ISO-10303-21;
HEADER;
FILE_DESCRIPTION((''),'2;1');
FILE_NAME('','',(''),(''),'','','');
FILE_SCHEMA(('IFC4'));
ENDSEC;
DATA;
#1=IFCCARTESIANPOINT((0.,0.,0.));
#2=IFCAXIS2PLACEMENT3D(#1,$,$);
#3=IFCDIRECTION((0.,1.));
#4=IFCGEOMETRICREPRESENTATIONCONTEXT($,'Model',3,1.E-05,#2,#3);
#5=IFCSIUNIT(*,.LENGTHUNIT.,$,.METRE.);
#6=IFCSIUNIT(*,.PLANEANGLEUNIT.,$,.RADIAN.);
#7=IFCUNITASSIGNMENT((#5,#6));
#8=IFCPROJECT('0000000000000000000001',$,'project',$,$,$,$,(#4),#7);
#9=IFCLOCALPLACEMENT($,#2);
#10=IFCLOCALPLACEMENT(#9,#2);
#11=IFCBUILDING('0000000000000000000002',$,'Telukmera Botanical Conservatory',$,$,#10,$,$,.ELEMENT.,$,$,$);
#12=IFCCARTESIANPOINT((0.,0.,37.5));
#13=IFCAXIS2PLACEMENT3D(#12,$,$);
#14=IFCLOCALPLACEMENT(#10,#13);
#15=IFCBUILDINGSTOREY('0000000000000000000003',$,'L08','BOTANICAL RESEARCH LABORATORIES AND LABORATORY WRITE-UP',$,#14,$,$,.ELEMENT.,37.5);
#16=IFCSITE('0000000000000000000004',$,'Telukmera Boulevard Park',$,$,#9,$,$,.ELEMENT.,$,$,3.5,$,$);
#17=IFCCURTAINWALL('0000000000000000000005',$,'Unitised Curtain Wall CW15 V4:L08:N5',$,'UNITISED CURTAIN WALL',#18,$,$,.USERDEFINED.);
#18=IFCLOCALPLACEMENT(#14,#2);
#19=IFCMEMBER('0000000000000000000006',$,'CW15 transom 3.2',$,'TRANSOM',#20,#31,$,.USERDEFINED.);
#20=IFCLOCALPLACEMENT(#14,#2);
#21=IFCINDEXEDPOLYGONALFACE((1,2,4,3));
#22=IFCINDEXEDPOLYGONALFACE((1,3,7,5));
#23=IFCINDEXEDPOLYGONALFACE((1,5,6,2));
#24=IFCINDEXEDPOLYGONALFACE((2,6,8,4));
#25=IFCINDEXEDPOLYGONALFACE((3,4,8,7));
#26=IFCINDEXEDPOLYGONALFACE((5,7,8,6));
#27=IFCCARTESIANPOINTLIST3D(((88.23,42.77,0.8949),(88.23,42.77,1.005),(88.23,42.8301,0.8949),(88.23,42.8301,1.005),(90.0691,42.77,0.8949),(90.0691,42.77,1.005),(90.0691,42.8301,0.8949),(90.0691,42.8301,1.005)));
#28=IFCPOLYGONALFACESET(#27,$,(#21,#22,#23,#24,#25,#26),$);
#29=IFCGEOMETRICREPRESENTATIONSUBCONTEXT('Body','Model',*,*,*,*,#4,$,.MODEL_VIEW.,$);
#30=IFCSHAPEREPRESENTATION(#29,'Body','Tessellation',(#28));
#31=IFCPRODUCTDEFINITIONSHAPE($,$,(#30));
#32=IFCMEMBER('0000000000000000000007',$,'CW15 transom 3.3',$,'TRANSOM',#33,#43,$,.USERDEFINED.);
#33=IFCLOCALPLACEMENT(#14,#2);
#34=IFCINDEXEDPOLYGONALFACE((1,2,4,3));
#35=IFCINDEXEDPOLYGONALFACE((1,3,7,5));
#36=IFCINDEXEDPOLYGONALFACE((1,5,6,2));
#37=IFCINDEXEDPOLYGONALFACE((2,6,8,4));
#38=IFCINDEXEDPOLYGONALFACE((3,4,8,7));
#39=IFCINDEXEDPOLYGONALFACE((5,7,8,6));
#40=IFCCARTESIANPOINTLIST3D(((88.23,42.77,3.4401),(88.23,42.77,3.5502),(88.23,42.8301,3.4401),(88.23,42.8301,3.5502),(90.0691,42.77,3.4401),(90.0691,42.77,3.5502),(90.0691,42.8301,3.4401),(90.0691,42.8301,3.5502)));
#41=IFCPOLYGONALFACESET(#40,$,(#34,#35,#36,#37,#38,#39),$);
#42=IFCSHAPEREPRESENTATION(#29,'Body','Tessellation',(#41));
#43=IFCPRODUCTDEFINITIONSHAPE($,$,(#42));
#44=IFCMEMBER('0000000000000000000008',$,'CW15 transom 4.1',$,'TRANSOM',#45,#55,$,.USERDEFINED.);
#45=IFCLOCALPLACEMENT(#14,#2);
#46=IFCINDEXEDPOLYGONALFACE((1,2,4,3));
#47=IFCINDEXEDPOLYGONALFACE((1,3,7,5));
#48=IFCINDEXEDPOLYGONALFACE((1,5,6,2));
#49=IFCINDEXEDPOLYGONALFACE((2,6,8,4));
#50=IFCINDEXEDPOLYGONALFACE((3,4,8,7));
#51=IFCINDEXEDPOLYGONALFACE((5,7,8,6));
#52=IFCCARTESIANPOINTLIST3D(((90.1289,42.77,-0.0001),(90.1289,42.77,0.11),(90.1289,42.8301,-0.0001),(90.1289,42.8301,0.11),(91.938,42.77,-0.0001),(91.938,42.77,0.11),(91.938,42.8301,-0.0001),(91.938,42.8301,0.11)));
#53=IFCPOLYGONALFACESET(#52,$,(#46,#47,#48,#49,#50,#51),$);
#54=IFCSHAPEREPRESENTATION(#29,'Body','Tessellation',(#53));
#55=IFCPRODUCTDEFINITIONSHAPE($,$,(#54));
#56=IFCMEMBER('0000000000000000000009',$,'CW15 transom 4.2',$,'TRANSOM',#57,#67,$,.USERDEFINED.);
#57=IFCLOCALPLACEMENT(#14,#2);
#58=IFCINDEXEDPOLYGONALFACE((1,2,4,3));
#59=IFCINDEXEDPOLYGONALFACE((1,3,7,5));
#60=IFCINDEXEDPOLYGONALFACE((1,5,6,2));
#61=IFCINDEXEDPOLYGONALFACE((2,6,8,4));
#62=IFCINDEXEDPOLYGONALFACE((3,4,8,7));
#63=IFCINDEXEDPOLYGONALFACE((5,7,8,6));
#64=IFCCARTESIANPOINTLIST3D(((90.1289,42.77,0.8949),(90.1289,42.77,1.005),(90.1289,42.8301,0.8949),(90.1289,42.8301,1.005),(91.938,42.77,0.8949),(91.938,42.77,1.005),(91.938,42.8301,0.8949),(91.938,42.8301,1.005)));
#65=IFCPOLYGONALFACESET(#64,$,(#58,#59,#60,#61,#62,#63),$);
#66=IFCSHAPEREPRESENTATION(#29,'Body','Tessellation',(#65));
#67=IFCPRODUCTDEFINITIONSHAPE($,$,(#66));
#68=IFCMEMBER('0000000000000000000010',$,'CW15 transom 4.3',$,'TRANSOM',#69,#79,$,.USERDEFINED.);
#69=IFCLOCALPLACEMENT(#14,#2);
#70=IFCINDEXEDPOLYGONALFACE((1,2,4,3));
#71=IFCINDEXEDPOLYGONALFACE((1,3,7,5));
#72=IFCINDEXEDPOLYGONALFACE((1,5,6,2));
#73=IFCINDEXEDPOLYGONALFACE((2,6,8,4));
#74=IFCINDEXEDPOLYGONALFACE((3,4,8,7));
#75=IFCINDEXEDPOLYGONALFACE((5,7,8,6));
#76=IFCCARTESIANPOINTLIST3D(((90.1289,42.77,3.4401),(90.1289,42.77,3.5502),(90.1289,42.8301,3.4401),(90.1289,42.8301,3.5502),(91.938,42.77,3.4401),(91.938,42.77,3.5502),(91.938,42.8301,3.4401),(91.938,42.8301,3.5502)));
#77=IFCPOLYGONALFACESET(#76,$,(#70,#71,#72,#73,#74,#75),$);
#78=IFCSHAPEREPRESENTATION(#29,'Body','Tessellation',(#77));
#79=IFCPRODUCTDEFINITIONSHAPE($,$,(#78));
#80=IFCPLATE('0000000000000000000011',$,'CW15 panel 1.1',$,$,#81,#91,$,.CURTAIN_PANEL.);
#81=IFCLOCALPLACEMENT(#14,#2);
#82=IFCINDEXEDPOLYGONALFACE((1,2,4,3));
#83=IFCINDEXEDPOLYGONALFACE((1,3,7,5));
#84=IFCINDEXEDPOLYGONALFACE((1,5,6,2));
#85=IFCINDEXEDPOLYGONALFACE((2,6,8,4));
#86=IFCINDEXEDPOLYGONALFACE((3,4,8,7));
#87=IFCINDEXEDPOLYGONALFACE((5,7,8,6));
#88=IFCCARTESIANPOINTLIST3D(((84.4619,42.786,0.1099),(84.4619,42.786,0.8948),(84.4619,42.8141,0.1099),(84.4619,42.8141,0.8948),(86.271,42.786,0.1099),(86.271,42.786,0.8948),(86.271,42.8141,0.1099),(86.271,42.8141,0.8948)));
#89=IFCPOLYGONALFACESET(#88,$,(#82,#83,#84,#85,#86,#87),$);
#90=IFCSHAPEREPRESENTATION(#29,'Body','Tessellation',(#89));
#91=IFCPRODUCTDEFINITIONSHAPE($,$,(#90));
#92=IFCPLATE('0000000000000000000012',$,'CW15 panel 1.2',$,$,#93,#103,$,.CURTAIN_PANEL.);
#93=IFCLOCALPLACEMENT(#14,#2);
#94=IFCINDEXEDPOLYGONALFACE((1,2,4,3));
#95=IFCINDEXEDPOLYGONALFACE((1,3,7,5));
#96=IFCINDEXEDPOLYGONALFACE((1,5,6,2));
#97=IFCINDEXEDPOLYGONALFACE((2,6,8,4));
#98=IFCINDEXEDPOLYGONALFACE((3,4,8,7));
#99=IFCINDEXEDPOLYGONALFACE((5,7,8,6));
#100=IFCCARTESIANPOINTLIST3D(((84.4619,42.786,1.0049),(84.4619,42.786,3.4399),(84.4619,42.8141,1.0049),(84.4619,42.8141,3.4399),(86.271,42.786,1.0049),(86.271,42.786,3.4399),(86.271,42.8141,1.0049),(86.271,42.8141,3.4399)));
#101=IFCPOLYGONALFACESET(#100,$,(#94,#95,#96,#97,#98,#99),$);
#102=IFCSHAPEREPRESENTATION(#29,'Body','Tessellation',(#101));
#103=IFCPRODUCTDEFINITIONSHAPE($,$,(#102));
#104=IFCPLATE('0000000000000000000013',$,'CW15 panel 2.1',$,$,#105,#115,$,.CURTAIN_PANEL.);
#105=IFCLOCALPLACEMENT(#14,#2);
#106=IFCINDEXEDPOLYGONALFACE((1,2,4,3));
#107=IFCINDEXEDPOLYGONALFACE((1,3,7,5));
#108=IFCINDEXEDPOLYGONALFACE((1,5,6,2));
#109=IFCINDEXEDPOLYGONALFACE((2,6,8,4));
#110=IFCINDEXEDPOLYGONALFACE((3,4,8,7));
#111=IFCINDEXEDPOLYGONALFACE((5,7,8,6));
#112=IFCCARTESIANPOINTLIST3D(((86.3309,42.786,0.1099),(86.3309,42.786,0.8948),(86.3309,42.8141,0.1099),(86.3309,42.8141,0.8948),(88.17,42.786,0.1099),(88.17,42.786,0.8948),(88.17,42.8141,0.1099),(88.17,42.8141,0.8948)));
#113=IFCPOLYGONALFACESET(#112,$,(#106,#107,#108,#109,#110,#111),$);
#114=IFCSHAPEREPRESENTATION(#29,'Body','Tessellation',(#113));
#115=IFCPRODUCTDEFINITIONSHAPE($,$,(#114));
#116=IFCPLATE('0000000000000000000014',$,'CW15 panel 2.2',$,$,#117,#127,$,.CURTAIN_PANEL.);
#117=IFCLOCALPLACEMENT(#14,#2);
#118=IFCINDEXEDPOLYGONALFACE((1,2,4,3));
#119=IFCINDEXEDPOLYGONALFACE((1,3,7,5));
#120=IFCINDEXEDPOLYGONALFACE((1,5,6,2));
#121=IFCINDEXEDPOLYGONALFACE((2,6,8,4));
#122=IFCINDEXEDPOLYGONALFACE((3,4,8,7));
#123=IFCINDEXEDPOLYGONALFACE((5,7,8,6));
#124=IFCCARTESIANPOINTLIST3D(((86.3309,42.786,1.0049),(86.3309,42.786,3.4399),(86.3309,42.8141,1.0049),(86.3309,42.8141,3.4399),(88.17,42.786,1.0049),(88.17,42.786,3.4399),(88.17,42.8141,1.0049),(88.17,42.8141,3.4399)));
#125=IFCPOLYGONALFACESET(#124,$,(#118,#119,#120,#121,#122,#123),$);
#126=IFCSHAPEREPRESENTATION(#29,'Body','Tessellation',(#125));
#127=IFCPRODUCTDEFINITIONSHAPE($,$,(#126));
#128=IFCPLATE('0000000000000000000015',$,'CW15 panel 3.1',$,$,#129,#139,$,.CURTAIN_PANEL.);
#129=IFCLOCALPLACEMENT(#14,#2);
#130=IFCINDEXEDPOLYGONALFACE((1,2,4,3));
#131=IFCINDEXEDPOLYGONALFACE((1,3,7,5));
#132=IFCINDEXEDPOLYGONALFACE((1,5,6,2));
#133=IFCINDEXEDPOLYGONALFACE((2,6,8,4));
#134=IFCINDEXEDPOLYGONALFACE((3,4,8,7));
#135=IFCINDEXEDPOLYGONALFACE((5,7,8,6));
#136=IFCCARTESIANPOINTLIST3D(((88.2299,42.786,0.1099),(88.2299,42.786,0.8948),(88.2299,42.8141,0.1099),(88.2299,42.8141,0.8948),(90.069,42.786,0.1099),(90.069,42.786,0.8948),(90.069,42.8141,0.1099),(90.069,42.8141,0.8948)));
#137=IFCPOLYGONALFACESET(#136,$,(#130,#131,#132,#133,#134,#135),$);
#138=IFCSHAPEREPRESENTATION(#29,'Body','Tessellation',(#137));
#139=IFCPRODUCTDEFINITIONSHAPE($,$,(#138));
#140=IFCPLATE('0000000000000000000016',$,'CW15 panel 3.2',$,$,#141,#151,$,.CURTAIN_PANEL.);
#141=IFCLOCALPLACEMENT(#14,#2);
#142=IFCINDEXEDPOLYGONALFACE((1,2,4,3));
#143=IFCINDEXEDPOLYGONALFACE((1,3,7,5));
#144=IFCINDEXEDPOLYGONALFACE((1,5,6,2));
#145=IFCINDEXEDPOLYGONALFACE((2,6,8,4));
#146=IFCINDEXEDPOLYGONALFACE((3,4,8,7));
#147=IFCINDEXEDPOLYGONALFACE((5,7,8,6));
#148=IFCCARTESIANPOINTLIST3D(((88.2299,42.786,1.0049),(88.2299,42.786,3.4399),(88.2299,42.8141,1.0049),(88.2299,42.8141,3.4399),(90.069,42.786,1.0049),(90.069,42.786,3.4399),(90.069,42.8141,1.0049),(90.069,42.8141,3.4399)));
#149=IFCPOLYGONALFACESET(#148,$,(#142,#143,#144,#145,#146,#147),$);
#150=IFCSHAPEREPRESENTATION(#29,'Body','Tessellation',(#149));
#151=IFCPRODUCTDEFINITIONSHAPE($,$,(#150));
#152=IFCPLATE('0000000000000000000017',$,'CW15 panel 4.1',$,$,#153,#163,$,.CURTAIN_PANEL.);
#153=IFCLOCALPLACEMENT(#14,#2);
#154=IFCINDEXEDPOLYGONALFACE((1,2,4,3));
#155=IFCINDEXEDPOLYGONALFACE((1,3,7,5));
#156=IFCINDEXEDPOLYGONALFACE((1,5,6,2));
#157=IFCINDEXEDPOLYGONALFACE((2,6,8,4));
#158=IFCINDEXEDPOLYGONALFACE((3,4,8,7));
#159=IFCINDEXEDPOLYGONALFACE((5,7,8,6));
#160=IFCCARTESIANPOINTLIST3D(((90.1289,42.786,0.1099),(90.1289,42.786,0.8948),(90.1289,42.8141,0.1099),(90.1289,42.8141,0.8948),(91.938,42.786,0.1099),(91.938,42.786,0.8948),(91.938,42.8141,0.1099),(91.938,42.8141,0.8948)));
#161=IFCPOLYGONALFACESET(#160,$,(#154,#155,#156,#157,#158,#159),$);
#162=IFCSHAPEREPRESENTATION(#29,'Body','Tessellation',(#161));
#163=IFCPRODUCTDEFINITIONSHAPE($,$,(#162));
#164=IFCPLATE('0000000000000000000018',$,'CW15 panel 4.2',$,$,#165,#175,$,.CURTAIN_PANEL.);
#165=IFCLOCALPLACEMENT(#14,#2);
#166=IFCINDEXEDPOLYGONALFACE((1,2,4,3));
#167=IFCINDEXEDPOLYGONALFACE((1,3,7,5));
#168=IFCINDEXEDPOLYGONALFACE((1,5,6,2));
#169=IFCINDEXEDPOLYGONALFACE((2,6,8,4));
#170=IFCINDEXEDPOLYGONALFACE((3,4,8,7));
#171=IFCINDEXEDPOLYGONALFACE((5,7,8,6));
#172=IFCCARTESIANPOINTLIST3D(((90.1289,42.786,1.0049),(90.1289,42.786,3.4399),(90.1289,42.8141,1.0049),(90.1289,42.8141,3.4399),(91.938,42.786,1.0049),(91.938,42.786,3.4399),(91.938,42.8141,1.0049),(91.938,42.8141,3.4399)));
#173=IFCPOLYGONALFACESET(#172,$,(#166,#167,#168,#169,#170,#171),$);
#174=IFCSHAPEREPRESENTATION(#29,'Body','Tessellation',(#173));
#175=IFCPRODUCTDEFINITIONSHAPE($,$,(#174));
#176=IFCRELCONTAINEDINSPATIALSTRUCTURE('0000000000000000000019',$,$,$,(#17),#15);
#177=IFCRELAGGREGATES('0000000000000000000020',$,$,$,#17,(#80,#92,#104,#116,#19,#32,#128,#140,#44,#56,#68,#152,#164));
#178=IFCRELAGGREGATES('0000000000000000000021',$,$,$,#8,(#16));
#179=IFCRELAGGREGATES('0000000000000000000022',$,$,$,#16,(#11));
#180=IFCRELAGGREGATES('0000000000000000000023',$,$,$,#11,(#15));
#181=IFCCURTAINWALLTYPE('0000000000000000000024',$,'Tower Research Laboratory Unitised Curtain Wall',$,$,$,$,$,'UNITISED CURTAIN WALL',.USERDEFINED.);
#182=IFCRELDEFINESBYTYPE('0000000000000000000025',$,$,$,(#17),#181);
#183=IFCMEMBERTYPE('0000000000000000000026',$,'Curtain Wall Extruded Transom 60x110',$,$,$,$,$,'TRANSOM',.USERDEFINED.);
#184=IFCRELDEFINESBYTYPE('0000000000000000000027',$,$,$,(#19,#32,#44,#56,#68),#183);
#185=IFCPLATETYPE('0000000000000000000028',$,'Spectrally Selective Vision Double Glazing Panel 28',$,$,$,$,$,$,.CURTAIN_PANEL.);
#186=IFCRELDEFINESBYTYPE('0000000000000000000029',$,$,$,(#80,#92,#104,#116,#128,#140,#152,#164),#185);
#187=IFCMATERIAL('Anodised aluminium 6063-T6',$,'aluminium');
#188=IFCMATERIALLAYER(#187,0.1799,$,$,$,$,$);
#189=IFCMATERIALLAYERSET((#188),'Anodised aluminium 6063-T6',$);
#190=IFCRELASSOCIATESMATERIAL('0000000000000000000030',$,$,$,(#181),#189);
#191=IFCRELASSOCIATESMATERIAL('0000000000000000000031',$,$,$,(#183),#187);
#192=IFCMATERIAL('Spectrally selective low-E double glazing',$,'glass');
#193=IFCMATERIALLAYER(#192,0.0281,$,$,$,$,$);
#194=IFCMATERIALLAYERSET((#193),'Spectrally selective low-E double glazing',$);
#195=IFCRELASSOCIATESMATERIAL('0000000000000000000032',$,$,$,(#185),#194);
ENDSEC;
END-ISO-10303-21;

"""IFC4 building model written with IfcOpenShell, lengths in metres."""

from ifc_helpers import new_model, si_unit, direction, frame, origin, origin_2d, place, context, subcontext, project, spatial, rectangle, extrude, material, layer, layer_set, material_profile, profile_set, type_object, element, aggregate, save


model = new_model("IFC4")

# Units and contexts
model_context = context("Model", 3, precision=1e-05, world=origin(), true_north=direction((0.0, 1.0)))
body_context = subcontext(model_context, "Body", "Model", "MODEL_VIEW")
ifc_project = project(units=[si_unit("LENGTHUNIT", "METRE"), si_unit("PLANEANGLEUNIT", "RADIAN")], contexts=[model_context])

# Site, building, storey
site_placement = place(None, origin())
site = spatial("IfcSite", under=ifc_project, at=site_placement, Name="Telukmera Boulevard Park", CompositionType="ELEMENT", RefElevation=3.5)
building_placement = place(site_placement, origin())
building = spatial("IfcBuilding", under=site, at=building_placement, Name="Telukmera Botanical Conservatory", CompositionType="ELEMENT")
storey_placement = place(building_placement, frame((0.0, 0.0, 37.5)))
storey = spatial("IfcBuildingStorey", under=building, at=storey_placement, Name="L08", Description="BOTANICAL RESEARCH LABORATORIES AND LABORATORY WRITE-UP", CompositionType="ELEMENT", Elevation=37.5)

# Curtain wall, members, plates
ifc_material_1 = material(Name="Anodised aluminium 6063-T6", Category="aluminium")
ifc_layer_1 = layer(ifc_material_1, 0.1799)
ifc_layer_set_1 = layer_set([ifc_layer_1], Name="Anodised aluminium 6063-T6")
curtain_wall_type = type_object("IfcCurtainWallType", Name="Tower Research Laboratory Unitised Curtain Wall", ElementType="UNITISED CURTAIN WALL", PredefinedType="USERDEFINED", material=ifc_layer_set_1)
curtain_wall_placement = place(storey_placement, origin())
curtain_wall = element("IfcCurtainWall", 1, at=curtain_wall_placement, inside=storey, type_object=curtain_wall_type, Name="Unitised Curtain Wall CW15 V4:L08:N5", ObjectType="UNITISED CURTAIN WALL", PredefinedType="USERDEFINED")
ifc_material_profile_1 = material_profile(ifc_material_1, rectangle(XDim=0.0601, YDim=0.1101, at=origin_2d()), Name="ALU TRAN 60x110")
ifc_profile_set_1 = profile_set([ifc_material_profile_1], Name="Anodised aluminium 6063-T6")
member_type_1 = type_object("IfcMemberType", Name="Curtain Wall Extruded Transom 60x110", ElementType="TRANSOM", PredefinedType="USERDEFINED", material=ifc_profile_set_1)
member_1_placement = place(storey_placement, frame((88.23, 42.8, 0.95), z_axis=(1.0, 0.0, 0.0), x_axis=(0.0, 1.0, 0.0)))
member_1 = element("IfcMember", 2, at=member_1_placement, type_object=member_type_1, Name="CW15 transom 3.2", ObjectType="TRANSOM", PredefinedType="USERDEFINED", context=body_context, shape_type="SweptSolid", body=[
    extrude(rectangle(XDim=0.0601, YDim=0.1101, at=origin_2d()), origin(), (0.0, 0.0, 1.0), 1.8391),
])
member_2_placement = place(storey_placement, frame((88.23, 42.8, 3.4951), z_axis=(1.0, 0.0, 0.0), x_axis=(0.0, 1.0, 0.0)))
member_2 = element("IfcMember", 3, at=member_2_placement, type_object=member_type_1, Name="CW15 transom 3.3", ObjectType="TRANSOM", PredefinedType="USERDEFINED", context=body_context, shape_type="SweptSolid", body=[
    extrude(rectangle(XDim=0.0601, YDim=0.1101, at=origin_2d()), origin(), (0.0, 0.0, 1.0), 1.8391),
])
member_3_placement = place(storey_placement, frame((90.1289, 42.8, 0.0549), z_axis=(1.0, 0.0, 0.0), x_axis=(0.0, 1.0, 0.0)))
member_3 = element("IfcMember", 4, at=member_3_placement, type_object=member_type_1, Name="CW15 transom 4.1", ObjectType="TRANSOM", PredefinedType="USERDEFINED", context=body_context, shape_type="SweptSolid", body=[
    extrude(rectangle(XDim=0.0601, YDim=0.1101, at=origin_2d()), origin(), (0.0, 0.0, 1.0), 1.8091),
])
member_4_placement = place(storey_placement, frame((90.1289, 42.8, 0.95), z_axis=(1.0, 0.0, 0.0), x_axis=(0.0, 1.0, 0.0)))
member_4 = element("IfcMember", 5, at=member_4_placement, type_object=member_type_1, Name="CW15 transom 4.2", ObjectType="TRANSOM", PredefinedType="USERDEFINED", context=body_context, shape_type="SweptSolid", body=[
    extrude(rectangle(XDim=0.0601, YDim=0.1101, at=origin_2d()), origin(), (0.0, 0.0, 1.0), 1.8091),
])
member_5_placement = place(storey_placement, frame((90.1289, 42.8, 3.4951), z_axis=(1.0, 0.0, 0.0), x_axis=(0.0, 1.0, 0.0)))
member_5 = element("IfcMember", 6, at=member_5_placement, type_object=member_type_1, Name="CW15 transom 4.3", ObjectType="TRANSOM", PredefinedType="USERDEFINED", context=body_context, shape_type="SweptSolid", body=[
    extrude(rectangle(XDim=0.0601, YDim=0.1101, at=origin_2d()), origin(), (0.0, 0.0, 1.0), 1.8091),
])
ifc_material_2 = material(Name="Spectrally selective low-E double glazing", Category="glass")
ifc_layer_2 = layer(ifc_material_2, 0.0281)
ifc_layer_set_2 = layer_set([ifc_layer_2], Name="Spectrally selective low-E double glazing")
plate_type = type_object("IfcPlateType", Name="Spectrally Selective Vision Double Glazing Panel 28", PredefinedType="CURTAIN_PANEL", material=ifc_layer_set_2)
plate_1_placement = place(storey_placement, frame((85.3665, 42.8, 0.1099), z_axis=(0.0, 0.0, 1.0), x_axis=(1.0, 0.0, 0.0)))
plate_1 = element("IfcPlate", 7, at=plate_1_placement, type_object=plate_type, Name="CW15 panel 1.1", PredefinedType="CURTAIN_PANEL", context=body_context, shape_type="SweptSolid", body=[
    extrude(rectangle(XDim=1.8091, YDim=0.0281, at=origin_2d()), origin(), (0.0, 0.0, 1.0), 0.7849),
])
plate_2_placement = place(storey_placement, frame((85.3665, 42.8, 1.0049), z_axis=(0.0, 0.0, 1.0), x_axis=(1.0, 0.0, 0.0)))
plate_2 = element("IfcPlate", 8, at=plate_2_placement, type_object=plate_type, Name="CW15 panel 1.2", PredefinedType="CURTAIN_PANEL", context=body_context, shape_type="SweptSolid", body=[
    extrude(rectangle(XDim=1.8091, YDim=0.0281, at=origin_2d()), origin(), (0.0, 0.0, 1.0), 2.4351),
])
plate_3_placement = place(storey_placement, frame((87.2505, 42.8, 0.1099), z_axis=(0.0, 0.0, 1.0), x_axis=(1.0, 0.0, 0.0)))
plate_3 = element("IfcPlate", 9, at=plate_3_placement, type_object=plate_type, Name="CW15 panel 2.1", PredefinedType="CURTAIN_PANEL", context=body_context, shape_type="SweptSolid", body=[
    extrude(rectangle(XDim=1.8391, YDim=0.0281, at=origin_2d()), origin(), (0.0, 0.0, 1.0), 0.7849),
])
plate_4_placement = place(storey_placement, frame((87.2505, 42.8, 1.0049), z_axis=(0.0, 0.0, 1.0), x_axis=(1.0, 0.0, 0.0)))
plate_4 = element("IfcPlate", 10, at=plate_4_placement, type_object=plate_type, Name="CW15 panel 2.2", PredefinedType="CURTAIN_PANEL", context=body_context, shape_type="SweptSolid", body=[
    extrude(rectangle(XDim=1.8391, YDim=0.0281, at=origin_2d()), origin(), (0.0, 0.0, 1.0), 2.4351),
])
plate_5_placement = place(storey_placement, frame((89.1494, 42.8, 0.1099), z_axis=(0.0, 0.0, 1.0), x_axis=(1.0, 0.0, 0.0)))
plate_5 = element("IfcPlate", 11, at=plate_5_placement, type_object=plate_type, Name="CW15 panel 3.1", PredefinedType="CURTAIN_PANEL", context=body_context, shape_type="SweptSolid", body=[
    extrude(rectangle(XDim=1.8391, YDim=0.0281, at=origin_2d()), origin(), (0.0, 0.0, 1.0), 0.7849),
])
plate_6_placement = place(storey_placement, frame((89.1494, 42.8, 1.0049), z_axis=(0.0, 0.0, 1.0), x_axis=(1.0, 0.0, 0.0)))
plate_6 = element("IfcPlate", 12, at=plate_6_placement, type_object=plate_type, Name="CW15 panel 3.2", PredefinedType="CURTAIN_PANEL", context=body_context, shape_type="SweptSolid", body=[
    extrude(rectangle(XDim=1.8391, YDim=0.0281, at=origin_2d()), origin(), (0.0, 0.0, 1.0), 2.4351),
])
plate_7_placement = place(storey_placement, frame((91.0334, 42.8, 0.1099), z_axis=(0.0, 0.0, 1.0), x_axis=(1.0, 0.0, 0.0)))
plate_7 = element("IfcPlate", 13, at=plate_7_placement, type_object=plate_type, Name="CW15 panel 4.1", PredefinedType="CURTAIN_PANEL", context=body_context, shape_type="SweptSolid", body=[
    extrude(rectangle(XDim=1.8091, YDim=0.0281, at=origin_2d()), origin(), (0.0, 0.0, 1.0), 0.7849),
])
plate_8_placement = place(storey_placement, frame((91.0334, 42.8, 1.0049), z_axis=(0.0, 0.0, 1.0), x_axis=(1.0, 0.0, 0.0)))
plate_8 = element("IfcPlate", 14, at=plate_8_placement, type_object=plate_type, Name="CW15 panel 4.2", PredefinedType="CURTAIN_PANEL", context=body_context, shape_type="SweptSolid", body=[
    extrude(rectangle(XDim=1.8091, YDim=0.0281, at=origin_2d()), origin(), (0.0, 0.0, 1.0), 2.4351),
])
aggregate(curtain_wall, [plate_1, plate_2, plate_3, plate_4, member_1, member_2, plate_5, plate_6, member_3, member_4, member_5, plate_7, plate_8])

save(model, "model.ifc")
